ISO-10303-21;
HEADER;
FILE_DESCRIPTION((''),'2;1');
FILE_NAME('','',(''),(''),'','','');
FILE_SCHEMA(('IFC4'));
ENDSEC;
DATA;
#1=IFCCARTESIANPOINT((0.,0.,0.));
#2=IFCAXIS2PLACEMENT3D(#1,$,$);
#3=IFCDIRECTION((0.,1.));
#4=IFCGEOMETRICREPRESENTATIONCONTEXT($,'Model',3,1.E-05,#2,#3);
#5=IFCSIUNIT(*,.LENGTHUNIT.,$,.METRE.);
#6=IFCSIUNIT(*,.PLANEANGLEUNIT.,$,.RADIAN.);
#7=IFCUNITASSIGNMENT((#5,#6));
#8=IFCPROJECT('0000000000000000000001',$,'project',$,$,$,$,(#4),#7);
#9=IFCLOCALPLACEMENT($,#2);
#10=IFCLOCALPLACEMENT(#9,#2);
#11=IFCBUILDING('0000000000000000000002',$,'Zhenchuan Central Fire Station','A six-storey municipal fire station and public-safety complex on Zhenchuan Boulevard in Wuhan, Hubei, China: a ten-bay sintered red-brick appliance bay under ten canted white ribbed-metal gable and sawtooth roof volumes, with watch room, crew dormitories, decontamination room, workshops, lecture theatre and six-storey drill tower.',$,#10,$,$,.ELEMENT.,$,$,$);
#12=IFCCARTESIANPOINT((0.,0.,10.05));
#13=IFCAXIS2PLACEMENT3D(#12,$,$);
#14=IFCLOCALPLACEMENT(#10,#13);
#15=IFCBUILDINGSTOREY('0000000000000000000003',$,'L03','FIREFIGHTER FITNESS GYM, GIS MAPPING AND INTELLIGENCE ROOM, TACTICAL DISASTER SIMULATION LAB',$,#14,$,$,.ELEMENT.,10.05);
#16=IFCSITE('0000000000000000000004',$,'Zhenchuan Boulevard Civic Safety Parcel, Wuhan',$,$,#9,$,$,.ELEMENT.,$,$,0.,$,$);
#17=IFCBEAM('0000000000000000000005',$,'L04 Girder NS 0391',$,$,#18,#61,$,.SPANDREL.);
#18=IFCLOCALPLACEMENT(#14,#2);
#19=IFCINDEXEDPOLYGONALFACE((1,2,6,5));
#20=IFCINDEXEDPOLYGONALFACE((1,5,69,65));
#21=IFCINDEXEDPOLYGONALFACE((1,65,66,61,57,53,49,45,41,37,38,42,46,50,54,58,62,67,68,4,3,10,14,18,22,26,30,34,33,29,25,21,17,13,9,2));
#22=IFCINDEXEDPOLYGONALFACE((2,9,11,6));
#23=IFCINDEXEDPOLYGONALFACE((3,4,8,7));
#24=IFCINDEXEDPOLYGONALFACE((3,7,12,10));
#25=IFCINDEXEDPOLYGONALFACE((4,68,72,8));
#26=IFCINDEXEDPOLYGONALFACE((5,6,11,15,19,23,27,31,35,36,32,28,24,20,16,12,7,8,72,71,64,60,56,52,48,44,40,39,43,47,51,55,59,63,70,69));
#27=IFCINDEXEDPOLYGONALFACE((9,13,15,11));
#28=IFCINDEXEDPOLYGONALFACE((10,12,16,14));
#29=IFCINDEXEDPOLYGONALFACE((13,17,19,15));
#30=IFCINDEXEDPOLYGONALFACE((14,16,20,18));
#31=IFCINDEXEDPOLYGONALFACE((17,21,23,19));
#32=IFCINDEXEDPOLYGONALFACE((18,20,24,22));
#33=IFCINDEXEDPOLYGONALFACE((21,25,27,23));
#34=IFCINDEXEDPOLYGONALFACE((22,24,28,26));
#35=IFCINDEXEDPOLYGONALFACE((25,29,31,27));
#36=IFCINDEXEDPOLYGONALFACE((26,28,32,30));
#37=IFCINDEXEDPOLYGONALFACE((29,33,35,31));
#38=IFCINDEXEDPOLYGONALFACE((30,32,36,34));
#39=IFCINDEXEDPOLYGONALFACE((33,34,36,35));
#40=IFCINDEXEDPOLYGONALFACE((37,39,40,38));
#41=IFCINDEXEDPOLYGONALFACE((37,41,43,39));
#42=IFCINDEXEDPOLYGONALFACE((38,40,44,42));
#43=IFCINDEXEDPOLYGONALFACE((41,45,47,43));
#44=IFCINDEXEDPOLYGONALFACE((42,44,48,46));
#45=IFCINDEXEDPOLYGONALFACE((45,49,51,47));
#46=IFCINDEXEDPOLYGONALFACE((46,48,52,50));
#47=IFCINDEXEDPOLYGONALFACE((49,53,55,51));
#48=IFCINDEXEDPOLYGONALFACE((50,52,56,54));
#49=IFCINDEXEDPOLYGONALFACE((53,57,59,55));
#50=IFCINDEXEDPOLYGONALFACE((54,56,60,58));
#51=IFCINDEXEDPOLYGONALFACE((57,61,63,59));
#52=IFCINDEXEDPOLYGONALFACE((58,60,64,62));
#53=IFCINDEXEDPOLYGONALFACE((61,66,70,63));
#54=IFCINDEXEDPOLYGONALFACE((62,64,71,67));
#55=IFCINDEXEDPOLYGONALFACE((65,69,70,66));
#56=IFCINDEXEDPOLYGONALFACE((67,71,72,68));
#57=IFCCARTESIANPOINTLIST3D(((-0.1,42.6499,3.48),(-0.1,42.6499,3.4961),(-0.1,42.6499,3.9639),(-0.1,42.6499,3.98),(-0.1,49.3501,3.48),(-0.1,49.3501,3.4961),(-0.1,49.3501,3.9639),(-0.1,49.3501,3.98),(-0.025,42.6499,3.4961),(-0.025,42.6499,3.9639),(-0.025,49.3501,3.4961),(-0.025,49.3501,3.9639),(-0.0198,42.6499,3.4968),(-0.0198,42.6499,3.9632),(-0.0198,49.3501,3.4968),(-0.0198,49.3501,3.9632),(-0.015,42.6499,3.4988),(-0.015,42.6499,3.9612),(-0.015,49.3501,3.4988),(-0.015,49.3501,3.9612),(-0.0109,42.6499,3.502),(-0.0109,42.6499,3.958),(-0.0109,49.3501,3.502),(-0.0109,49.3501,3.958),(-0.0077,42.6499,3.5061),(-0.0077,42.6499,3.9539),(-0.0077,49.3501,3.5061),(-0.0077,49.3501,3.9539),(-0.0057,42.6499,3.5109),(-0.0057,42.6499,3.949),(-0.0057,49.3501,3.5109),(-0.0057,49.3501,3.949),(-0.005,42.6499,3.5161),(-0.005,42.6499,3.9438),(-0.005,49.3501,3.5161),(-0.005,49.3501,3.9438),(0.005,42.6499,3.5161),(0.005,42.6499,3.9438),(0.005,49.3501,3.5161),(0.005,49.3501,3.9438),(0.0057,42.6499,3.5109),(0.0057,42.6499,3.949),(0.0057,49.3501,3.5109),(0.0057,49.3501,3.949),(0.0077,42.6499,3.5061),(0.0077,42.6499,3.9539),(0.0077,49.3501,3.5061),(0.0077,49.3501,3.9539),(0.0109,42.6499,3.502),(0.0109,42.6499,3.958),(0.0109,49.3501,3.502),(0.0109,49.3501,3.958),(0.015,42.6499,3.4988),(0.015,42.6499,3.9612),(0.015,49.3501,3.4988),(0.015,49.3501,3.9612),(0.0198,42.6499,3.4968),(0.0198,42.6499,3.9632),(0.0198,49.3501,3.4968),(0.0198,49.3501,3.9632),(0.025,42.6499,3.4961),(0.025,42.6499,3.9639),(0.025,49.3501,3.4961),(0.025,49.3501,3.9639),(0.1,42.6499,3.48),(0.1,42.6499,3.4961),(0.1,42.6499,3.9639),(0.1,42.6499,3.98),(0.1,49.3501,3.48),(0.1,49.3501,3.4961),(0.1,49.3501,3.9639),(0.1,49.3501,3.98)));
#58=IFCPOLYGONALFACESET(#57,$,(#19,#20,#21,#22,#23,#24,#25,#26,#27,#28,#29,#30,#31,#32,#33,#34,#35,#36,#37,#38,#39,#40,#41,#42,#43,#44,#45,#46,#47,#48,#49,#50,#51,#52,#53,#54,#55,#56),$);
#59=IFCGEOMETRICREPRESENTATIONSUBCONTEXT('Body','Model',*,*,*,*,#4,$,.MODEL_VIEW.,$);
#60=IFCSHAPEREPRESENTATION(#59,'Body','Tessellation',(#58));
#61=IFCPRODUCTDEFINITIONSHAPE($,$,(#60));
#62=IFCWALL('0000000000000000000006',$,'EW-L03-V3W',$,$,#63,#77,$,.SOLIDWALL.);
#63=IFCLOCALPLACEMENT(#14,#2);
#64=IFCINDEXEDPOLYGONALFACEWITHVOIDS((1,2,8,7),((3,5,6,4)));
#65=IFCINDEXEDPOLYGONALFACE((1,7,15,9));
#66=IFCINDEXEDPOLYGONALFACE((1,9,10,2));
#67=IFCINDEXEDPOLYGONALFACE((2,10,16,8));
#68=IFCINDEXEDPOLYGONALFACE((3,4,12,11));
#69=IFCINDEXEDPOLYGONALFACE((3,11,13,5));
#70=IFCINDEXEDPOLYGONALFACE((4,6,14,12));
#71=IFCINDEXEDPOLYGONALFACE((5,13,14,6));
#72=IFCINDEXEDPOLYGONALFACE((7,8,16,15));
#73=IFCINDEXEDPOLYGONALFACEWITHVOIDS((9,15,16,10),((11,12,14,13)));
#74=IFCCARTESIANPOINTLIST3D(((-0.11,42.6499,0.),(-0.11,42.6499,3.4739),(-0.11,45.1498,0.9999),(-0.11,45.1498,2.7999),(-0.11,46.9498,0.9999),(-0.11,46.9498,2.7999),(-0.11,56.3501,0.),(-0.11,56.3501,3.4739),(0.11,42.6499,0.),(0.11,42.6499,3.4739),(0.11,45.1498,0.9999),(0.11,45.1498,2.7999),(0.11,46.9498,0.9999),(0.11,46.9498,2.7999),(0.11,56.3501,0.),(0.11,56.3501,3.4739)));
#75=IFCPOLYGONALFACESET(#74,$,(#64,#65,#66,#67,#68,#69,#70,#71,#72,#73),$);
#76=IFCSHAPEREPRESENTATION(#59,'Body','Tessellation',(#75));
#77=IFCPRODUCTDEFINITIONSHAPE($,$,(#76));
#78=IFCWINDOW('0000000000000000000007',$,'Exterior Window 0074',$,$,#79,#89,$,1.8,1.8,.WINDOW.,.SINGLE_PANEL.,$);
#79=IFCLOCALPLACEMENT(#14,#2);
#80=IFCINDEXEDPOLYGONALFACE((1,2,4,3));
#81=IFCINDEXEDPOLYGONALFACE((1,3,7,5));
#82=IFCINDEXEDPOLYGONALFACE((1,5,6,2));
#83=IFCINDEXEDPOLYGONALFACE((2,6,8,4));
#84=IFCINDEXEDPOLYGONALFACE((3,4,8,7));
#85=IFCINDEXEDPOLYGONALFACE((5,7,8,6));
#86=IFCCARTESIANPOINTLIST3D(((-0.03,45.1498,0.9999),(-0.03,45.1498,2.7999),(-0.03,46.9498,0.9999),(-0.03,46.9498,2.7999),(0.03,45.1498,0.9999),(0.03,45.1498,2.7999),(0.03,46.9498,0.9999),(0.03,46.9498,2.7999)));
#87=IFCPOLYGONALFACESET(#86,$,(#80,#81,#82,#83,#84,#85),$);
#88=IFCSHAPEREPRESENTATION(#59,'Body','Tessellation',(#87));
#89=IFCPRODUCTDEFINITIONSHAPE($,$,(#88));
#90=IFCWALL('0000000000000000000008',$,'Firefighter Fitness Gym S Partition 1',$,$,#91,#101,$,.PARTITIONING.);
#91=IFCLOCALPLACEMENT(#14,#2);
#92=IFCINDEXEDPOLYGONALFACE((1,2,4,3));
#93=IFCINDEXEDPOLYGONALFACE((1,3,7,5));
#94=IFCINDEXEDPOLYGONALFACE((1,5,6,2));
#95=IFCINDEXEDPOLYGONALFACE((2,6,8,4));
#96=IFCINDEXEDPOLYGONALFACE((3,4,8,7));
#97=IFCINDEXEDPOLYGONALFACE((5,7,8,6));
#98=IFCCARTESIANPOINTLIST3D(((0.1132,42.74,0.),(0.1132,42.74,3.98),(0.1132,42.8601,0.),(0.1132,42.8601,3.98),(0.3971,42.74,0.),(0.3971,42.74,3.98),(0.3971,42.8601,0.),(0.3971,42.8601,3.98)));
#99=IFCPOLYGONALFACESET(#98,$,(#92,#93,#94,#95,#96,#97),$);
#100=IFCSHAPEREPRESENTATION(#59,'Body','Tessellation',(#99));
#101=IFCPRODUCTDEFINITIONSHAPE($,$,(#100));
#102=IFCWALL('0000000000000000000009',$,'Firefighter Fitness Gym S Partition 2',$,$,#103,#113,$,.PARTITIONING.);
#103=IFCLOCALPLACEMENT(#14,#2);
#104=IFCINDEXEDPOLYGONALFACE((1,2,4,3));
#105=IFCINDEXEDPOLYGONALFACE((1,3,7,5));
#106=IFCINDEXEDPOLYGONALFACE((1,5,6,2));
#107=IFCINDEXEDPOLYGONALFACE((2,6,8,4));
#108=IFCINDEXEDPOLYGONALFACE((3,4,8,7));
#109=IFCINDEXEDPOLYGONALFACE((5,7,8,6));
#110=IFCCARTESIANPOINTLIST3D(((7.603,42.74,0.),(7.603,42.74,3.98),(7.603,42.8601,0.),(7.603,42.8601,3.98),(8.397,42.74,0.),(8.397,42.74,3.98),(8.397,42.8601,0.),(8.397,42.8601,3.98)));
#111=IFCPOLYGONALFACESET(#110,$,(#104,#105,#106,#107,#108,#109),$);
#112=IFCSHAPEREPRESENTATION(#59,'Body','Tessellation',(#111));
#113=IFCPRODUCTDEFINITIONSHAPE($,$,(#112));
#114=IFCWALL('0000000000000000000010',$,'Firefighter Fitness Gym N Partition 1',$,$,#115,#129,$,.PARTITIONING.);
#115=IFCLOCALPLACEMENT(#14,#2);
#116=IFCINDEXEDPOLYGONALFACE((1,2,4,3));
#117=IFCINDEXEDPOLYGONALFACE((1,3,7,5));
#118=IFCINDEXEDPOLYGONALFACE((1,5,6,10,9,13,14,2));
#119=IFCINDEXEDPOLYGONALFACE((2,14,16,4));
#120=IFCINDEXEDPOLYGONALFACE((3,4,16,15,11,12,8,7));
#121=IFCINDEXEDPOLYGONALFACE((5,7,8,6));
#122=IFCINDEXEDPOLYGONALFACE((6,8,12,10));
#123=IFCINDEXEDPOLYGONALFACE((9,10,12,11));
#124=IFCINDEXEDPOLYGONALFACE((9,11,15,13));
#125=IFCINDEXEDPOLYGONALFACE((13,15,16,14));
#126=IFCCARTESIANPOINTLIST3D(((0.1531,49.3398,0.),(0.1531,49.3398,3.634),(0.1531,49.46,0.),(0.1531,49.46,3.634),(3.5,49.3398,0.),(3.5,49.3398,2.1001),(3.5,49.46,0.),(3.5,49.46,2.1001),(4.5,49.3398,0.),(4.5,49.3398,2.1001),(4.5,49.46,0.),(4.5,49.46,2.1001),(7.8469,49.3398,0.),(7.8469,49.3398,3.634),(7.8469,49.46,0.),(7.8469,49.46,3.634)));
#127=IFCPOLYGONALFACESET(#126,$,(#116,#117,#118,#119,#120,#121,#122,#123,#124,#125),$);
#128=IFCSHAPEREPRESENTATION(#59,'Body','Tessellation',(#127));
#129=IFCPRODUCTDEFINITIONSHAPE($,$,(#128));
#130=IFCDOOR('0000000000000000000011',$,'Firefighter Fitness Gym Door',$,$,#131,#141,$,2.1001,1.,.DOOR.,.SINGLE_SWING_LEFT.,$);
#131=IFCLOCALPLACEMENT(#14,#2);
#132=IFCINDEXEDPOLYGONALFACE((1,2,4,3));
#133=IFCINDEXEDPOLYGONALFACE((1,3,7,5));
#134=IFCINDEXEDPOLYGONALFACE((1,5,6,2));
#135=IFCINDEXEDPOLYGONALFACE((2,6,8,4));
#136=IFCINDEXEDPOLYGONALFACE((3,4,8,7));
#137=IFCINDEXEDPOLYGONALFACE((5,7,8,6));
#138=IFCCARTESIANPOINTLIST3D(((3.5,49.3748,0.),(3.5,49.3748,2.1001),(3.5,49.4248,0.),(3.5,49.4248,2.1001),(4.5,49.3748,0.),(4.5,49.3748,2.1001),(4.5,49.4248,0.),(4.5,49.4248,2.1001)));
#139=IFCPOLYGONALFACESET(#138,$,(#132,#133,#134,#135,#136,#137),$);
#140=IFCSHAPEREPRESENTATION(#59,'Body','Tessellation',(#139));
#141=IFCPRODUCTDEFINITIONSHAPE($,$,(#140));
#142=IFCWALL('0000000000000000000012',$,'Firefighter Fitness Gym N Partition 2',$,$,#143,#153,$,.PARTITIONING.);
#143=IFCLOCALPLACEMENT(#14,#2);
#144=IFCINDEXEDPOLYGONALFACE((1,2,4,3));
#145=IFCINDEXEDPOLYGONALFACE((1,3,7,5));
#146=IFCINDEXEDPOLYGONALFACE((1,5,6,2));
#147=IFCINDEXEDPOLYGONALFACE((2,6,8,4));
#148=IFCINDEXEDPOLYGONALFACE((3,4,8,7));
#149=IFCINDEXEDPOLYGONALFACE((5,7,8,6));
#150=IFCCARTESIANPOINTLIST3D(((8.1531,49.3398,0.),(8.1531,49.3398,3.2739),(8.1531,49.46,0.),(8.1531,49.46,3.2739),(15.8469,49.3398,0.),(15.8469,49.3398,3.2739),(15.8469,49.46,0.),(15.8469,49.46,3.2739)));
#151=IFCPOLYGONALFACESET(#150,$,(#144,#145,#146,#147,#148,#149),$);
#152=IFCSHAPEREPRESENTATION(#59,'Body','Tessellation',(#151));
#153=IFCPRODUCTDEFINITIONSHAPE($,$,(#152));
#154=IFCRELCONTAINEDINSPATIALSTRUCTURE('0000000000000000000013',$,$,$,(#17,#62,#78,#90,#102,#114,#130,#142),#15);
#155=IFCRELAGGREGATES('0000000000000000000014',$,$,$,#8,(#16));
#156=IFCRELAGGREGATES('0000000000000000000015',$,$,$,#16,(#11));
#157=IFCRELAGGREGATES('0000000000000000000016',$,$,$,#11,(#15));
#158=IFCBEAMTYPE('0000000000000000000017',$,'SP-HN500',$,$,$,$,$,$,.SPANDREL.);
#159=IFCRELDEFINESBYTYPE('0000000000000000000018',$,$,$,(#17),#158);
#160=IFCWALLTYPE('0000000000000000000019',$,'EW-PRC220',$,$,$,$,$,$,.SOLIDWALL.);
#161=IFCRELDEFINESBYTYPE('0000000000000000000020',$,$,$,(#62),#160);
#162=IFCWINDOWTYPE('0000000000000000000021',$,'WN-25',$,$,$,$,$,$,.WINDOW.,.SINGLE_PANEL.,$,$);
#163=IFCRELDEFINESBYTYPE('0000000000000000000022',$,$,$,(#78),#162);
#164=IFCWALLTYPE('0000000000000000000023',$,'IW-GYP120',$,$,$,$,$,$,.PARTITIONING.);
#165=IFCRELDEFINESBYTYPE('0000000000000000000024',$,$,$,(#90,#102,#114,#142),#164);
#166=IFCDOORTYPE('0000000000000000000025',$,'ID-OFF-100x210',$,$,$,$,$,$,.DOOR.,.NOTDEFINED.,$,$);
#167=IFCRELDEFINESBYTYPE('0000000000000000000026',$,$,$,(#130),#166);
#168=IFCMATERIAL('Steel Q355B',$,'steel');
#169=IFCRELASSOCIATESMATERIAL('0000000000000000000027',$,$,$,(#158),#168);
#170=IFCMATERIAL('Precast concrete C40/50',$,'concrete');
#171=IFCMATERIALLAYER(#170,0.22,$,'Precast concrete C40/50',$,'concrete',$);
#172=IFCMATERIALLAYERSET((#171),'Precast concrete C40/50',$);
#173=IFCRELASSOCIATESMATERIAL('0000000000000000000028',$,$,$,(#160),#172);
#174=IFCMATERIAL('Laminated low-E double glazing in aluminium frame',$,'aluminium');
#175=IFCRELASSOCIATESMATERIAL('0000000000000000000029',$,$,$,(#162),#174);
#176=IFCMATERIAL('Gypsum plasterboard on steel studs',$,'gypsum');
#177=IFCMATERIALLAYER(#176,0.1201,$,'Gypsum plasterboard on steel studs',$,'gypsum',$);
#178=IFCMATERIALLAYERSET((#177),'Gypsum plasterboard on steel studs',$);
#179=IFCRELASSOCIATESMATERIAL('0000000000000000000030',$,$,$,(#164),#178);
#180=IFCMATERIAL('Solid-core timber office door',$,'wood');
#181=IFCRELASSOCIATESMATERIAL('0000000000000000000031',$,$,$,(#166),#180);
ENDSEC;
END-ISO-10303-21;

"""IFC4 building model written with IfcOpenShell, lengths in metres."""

from ifc_helpers import new_model, si_unit, direction, frame, frame_2d, origin, origin_2d, place, context, subcontext, project, spatial, rectangle, i_section, extrude, material, layer, layer_set, material_profile, profile_set, type_object, element, fill, save


model = new_model("IFC4")

# Units and contexts
model_context = context("Model", 3, precision=1e-05, world=origin(), true_north=direction((0.0, 1.0)))
body_context = subcontext(model_context, "Body", "Model", "MODEL_VIEW")
ifc_project = project(units=[si_unit("LENGTHUNIT", "METRE"), si_unit("PLANEANGLEUNIT", "RADIAN")], contexts=[model_context])

# Site, building, storey
site_placement = place(None, origin())
site = spatial("IfcSite", under=ifc_project, at=site_placement, Name="Zhenchuan Boulevard Civic Safety Parcel, Wuhan", CompositionType="ELEMENT", RefElevation=0.0)
building_placement = place(site_placement, origin())
building = spatial("IfcBuilding", under=site, at=building_placement, Name="Zhenchuan Central Fire Station", Description="A six-storey municipal fire station and public-safety complex on Zhenchuan Boulevard in Wuhan, Hubei, China: a ten-bay sintered red-brick appliance bay under ten canted white ribbed-metal gable and sawtooth roof volumes, with watch room, crew dormitories, decontamination room, workshops, lecture theatre and six-storey drill tower.", CompositionType="ELEMENT")
storey_placement = place(building_placement, frame((0.0, 0.0, 10.05)))
storey = spatial("IfcBuildingStorey", under=building, at=storey_placement, Name="L03", Description="FIREFIGHTER FITNESS GYM, GIS MAPPING AND INTELLIGENCE ROOM, TACTICAL DISASTER SIMULATION LAB", CompositionType="ELEMENT", Elevation=10.05)

# Shared definitions
ifc_material_1 = material(Name="Steel Q355B", Category="steel")

# Beam
ifc_material_profile_1 = material_profile(ifc_material_1, i_section(OverallWidth=0.2, OverallDepth=0.5, WebThickness=0.01, FlangeThickness=0.0161, FilletRadius=0.02, at=origin_2d()), Name="HN 500x200")
ifc_profile_set_1 = profile_set([ifc_material_profile_1], Name="Steel Q355B")
beam_type_1 = type_object("IfcBeamType", Name="SP-HN500", PredefinedType="SPANDREL", material=ifc_profile_set_1)
beam_1_placement = place(storey_placement, frame((0.0, 42.6499, 3.73), z_axis=(0.0, 1.0, 0.0), x_axis=(-1.0, 0.0, 0.0)))
element("IfcBeam", 1, at=beam_1_placement, inside=storey, type_object=beam_type_1, Name="L04 Girder NS 0391", PredefinedType="SPANDREL", context=body_context, shape_type="SweptSolid", body=[
    extrude(i_section(OverallWidth=0.2, OverallDepth=0.5, WebThickness=0.01, FlangeThickness=0.0161, FilletRadius=0.02, at=origin_2d()), origin(), (0.0, 0.0, 1.0), 6.7002),
])

# Wall, opening, window
ifc_material_2 = material(Name="Precast concrete C40/50", Category="concrete")
ifc_layer_1 = layer(ifc_material_2, 0.22, Name="Precast concrete C40/50", Category="concrete")
ifc_layer_set_1 = layer_set([ifc_layer_1], Name="Precast concrete C40/50")
wall_type_1 = type_object("IfcWallType", Name="EW-PRC220", PredefinedType="SOLIDWALL", material=ifc_layer_set_1)
wall_1_placement = place(storey_placement, frame((0.0, 42.6499, 0.0), z_axis=(0.0, 0.0, 1.0), x_axis=(0.0, 1.0, 0.0)))
wall_1 = element("IfcWall", 2, at=wall_1_placement, inside=storey, type_object=wall_type_1, Name="EW-L03-V3W", PredefinedType="SOLIDWALL", context=body_context, shape_type="SweptSolid", body=[
    extrude(rectangle(XDim=13.7002, YDim=0.22, at=frame_2d((6.8501, 0.0))), origin(), (0.0, 0.0, 1.0), 3.4739),
])
opening_1_placement = place(wall_1_placement, frame((2.5, 0.0, 1.0)))
opening_1 = element("IfcOpeningElement", 3, at=opening_1_placement, cuts=wall_1, PredefinedType="OPENING", context=body_context, shape_type="SweptSolid", body=[
    extrude(rectangle(XDim=1.8, YDim=1.8, at=frame_2d((0.8999, 0.8999))), frame((0.0, 0.1199, 0.0), z_axis=(0.0, -1.0, 0.0), x_axis=(1.0, 0.0, 0.0)), (0.0, 0.0, 1.0), 0.24),
])
ifc_material_3 = material(Name="Laminated low-E double glazing in aluminium frame", Category="aluminium")
window_type = type_object("IfcWindowType", Name="WN-25", PartitioningType="SINGLE_PANEL", PredefinedType="WINDOW", material=ifc_material_3)
window_placement = place(opening_1_placement, origin())
window = element("IfcWindow", 4, at=window_placement, inside=storey, type_object=window_type, Name="Exterior Window 0074", OverallHeight=1.8, OverallWidth=1.8, PartitioningType="SINGLE_PANEL", PredefinedType="WINDOW", context=body_context, shape_type="SweptSolid", body=[
    extrude(rectangle(XDim=1.8, YDim=1.8, at=frame_2d((0.8999, 0.8999))), frame((0.0, 0.03, 0.0), z_axis=(0.0, -1.0, 0.0), x_axis=(1.0, 0.0, 0.0)), (0.0, 0.0, 1.0), 0.0601),
])
fill(opening_1, window)

# Walls
ifc_material_4 = material(Name="Gypsum plasterboard on steel studs", Category="gypsum")
ifc_layer_2 = layer(ifc_material_4, 0.1201, Name="Gypsum plasterboard on steel studs", Category="gypsum")
ifc_layer_set_2 = layer_set([ifc_layer_2], Name="Gypsum plasterboard on steel studs")
wall_type_2 = type_object("IfcWallType", Name="IW-GYP120", PredefinedType="PARTITIONING", material=ifc_layer_set_2)
wall_2_placement = place(storey_placement, frame((0.113, 42.8, 0.0), z_axis=(0.0, 0.0, 1.0), x_axis=(1.0, 0.0, 0.0)))
element("IfcWall", 5, at=wall_2_placement, inside=storey, type_object=wall_type_2, Name="Firefighter Fitness Gym S Partition 1", PredefinedType="PARTITIONING", context=body_context, shape_type="SweptSolid", body=[
    extrude(rectangle(XDim=0.2839, YDim=0.1201, at=frame_2d((0.1421, 0.0))), origin(), (0.0, 0.0, 1.0), 3.98),
])
wall_3_placement = place(storey_placement, frame((7.603, 42.8, 0.0), z_axis=(0.0, 0.0, 1.0), x_axis=(1.0, 0.0, 0.0)))
element("IfcWall", 6, at=wall_3_placement, inside=storey, type_object=wall_type_2, Name="Firefighter Fitness Gym S Partition 2", PredefinedType="PARTITIONING", context=body_context, shape_type="SweptSolid", body=[
    extrude(rectangle(XDim=0.7939, YDim=0.1201, at=frame_2d((0.397, 0.0))), origin(), (0.0, 0.0, 1.0), 3.98),
])

# Wall, opening, door
wall_4_placement = place(storey_placement, frame((0.1531, 49.3999, 0.0), z_axis=(0.0, 0.0, 1.0), x_axis=(1.0, 0.0, 0.0)))
wall_4 = element("IfcWall", 7, at=wall_4_placement, inside=storey, type_object=wall_type_2, Name="Firefighter Fitness Gym N Partition 1", PredefinedType="PARTITIONING", context=body_context, shape_type="SweptSolid", body=[
    extrude(rectangle(XDim=7.6938, YDim=0.1201, at=frame_2d((3.8469, 0.0))), origin(), (0.0, 0.0, 1.0), 3.634),
])
opening_2_placement = place(wall_4_placement, frame((3.3469, 0.0, 0.0)))
opening_2 = element("IfcOpeningElement", 8, at=opening_2_placement, cuts=wall_4, PredefinedType="OPENING", context=body_context, shape_type="SweptSolid", body=[
    extrude(rectangle(XDim=1.0, YDim=2.1001, at=frame_2d((0.5, 1.05))), frame((0.0, 0.0701, 0.0), z_axis=(0.0, -1.0, 0.0), x_axis=(1.0, 0.0, 0.0)), (0.0, 0.0, 1.0), 0.1401),
])
ifc_material_5 = material(Name="Solid-core timber office door", Category="wood")
door_type = type_object("IfcDoorType", Name="ID-OFF-100x210", OperationType="NOTDEFINED", PredefinedType="DOOR", material=ifc_material_5)
door_placement = place(opening_2_placement, origin())
door = element("IfcDoor", 9, at=door_placement, inside=storey, type_object=door_type, Name="Firefighter Fitness Gym Door", OperationType="SINGLE_SWING_LEFT", OverallHeight=2.1001, OverallWidth=1.0, PredefinedType="DOOR", context=body_context, shape_type="SweptSolid", body=[
    extrude(rectangle(XDim=1.0, YDim=2.1001, at=frame_2d((0.5, 1.05))), frame((0.0, 0.0249, 0.0), z_axis=(0.0, -1.0, 0.0), x_axis=(1.0, 0.0, 0.0)), (0.0, 0.0, 1.0), 0.05),
])
fill(opening_2, door)

# Wall
wall_5_placement = place(storey_placement, frame((8.1531, 49.3999, 0.0), z_axis=(0.0, 0.0, 1.0), x_axis=(1.0, 0.0, 0.0)))
element("IfcWall", 10, at=wall_5_placement, inside=storey, type_object=wall_type_2, Name="Firefighter Fitness Gym N Partition 2", PredefinedType="PARTITIONING", context=body_context, shape_type="SweptSolid", body=[
    extrude(rectangle(XDim=7.6938, YDim=0.1201, at=frame_2d((3.8469, 0.0))), origin(), (0.0, 0.0, 1.0), 3.2739),
])

save(model, "model.ifc")
